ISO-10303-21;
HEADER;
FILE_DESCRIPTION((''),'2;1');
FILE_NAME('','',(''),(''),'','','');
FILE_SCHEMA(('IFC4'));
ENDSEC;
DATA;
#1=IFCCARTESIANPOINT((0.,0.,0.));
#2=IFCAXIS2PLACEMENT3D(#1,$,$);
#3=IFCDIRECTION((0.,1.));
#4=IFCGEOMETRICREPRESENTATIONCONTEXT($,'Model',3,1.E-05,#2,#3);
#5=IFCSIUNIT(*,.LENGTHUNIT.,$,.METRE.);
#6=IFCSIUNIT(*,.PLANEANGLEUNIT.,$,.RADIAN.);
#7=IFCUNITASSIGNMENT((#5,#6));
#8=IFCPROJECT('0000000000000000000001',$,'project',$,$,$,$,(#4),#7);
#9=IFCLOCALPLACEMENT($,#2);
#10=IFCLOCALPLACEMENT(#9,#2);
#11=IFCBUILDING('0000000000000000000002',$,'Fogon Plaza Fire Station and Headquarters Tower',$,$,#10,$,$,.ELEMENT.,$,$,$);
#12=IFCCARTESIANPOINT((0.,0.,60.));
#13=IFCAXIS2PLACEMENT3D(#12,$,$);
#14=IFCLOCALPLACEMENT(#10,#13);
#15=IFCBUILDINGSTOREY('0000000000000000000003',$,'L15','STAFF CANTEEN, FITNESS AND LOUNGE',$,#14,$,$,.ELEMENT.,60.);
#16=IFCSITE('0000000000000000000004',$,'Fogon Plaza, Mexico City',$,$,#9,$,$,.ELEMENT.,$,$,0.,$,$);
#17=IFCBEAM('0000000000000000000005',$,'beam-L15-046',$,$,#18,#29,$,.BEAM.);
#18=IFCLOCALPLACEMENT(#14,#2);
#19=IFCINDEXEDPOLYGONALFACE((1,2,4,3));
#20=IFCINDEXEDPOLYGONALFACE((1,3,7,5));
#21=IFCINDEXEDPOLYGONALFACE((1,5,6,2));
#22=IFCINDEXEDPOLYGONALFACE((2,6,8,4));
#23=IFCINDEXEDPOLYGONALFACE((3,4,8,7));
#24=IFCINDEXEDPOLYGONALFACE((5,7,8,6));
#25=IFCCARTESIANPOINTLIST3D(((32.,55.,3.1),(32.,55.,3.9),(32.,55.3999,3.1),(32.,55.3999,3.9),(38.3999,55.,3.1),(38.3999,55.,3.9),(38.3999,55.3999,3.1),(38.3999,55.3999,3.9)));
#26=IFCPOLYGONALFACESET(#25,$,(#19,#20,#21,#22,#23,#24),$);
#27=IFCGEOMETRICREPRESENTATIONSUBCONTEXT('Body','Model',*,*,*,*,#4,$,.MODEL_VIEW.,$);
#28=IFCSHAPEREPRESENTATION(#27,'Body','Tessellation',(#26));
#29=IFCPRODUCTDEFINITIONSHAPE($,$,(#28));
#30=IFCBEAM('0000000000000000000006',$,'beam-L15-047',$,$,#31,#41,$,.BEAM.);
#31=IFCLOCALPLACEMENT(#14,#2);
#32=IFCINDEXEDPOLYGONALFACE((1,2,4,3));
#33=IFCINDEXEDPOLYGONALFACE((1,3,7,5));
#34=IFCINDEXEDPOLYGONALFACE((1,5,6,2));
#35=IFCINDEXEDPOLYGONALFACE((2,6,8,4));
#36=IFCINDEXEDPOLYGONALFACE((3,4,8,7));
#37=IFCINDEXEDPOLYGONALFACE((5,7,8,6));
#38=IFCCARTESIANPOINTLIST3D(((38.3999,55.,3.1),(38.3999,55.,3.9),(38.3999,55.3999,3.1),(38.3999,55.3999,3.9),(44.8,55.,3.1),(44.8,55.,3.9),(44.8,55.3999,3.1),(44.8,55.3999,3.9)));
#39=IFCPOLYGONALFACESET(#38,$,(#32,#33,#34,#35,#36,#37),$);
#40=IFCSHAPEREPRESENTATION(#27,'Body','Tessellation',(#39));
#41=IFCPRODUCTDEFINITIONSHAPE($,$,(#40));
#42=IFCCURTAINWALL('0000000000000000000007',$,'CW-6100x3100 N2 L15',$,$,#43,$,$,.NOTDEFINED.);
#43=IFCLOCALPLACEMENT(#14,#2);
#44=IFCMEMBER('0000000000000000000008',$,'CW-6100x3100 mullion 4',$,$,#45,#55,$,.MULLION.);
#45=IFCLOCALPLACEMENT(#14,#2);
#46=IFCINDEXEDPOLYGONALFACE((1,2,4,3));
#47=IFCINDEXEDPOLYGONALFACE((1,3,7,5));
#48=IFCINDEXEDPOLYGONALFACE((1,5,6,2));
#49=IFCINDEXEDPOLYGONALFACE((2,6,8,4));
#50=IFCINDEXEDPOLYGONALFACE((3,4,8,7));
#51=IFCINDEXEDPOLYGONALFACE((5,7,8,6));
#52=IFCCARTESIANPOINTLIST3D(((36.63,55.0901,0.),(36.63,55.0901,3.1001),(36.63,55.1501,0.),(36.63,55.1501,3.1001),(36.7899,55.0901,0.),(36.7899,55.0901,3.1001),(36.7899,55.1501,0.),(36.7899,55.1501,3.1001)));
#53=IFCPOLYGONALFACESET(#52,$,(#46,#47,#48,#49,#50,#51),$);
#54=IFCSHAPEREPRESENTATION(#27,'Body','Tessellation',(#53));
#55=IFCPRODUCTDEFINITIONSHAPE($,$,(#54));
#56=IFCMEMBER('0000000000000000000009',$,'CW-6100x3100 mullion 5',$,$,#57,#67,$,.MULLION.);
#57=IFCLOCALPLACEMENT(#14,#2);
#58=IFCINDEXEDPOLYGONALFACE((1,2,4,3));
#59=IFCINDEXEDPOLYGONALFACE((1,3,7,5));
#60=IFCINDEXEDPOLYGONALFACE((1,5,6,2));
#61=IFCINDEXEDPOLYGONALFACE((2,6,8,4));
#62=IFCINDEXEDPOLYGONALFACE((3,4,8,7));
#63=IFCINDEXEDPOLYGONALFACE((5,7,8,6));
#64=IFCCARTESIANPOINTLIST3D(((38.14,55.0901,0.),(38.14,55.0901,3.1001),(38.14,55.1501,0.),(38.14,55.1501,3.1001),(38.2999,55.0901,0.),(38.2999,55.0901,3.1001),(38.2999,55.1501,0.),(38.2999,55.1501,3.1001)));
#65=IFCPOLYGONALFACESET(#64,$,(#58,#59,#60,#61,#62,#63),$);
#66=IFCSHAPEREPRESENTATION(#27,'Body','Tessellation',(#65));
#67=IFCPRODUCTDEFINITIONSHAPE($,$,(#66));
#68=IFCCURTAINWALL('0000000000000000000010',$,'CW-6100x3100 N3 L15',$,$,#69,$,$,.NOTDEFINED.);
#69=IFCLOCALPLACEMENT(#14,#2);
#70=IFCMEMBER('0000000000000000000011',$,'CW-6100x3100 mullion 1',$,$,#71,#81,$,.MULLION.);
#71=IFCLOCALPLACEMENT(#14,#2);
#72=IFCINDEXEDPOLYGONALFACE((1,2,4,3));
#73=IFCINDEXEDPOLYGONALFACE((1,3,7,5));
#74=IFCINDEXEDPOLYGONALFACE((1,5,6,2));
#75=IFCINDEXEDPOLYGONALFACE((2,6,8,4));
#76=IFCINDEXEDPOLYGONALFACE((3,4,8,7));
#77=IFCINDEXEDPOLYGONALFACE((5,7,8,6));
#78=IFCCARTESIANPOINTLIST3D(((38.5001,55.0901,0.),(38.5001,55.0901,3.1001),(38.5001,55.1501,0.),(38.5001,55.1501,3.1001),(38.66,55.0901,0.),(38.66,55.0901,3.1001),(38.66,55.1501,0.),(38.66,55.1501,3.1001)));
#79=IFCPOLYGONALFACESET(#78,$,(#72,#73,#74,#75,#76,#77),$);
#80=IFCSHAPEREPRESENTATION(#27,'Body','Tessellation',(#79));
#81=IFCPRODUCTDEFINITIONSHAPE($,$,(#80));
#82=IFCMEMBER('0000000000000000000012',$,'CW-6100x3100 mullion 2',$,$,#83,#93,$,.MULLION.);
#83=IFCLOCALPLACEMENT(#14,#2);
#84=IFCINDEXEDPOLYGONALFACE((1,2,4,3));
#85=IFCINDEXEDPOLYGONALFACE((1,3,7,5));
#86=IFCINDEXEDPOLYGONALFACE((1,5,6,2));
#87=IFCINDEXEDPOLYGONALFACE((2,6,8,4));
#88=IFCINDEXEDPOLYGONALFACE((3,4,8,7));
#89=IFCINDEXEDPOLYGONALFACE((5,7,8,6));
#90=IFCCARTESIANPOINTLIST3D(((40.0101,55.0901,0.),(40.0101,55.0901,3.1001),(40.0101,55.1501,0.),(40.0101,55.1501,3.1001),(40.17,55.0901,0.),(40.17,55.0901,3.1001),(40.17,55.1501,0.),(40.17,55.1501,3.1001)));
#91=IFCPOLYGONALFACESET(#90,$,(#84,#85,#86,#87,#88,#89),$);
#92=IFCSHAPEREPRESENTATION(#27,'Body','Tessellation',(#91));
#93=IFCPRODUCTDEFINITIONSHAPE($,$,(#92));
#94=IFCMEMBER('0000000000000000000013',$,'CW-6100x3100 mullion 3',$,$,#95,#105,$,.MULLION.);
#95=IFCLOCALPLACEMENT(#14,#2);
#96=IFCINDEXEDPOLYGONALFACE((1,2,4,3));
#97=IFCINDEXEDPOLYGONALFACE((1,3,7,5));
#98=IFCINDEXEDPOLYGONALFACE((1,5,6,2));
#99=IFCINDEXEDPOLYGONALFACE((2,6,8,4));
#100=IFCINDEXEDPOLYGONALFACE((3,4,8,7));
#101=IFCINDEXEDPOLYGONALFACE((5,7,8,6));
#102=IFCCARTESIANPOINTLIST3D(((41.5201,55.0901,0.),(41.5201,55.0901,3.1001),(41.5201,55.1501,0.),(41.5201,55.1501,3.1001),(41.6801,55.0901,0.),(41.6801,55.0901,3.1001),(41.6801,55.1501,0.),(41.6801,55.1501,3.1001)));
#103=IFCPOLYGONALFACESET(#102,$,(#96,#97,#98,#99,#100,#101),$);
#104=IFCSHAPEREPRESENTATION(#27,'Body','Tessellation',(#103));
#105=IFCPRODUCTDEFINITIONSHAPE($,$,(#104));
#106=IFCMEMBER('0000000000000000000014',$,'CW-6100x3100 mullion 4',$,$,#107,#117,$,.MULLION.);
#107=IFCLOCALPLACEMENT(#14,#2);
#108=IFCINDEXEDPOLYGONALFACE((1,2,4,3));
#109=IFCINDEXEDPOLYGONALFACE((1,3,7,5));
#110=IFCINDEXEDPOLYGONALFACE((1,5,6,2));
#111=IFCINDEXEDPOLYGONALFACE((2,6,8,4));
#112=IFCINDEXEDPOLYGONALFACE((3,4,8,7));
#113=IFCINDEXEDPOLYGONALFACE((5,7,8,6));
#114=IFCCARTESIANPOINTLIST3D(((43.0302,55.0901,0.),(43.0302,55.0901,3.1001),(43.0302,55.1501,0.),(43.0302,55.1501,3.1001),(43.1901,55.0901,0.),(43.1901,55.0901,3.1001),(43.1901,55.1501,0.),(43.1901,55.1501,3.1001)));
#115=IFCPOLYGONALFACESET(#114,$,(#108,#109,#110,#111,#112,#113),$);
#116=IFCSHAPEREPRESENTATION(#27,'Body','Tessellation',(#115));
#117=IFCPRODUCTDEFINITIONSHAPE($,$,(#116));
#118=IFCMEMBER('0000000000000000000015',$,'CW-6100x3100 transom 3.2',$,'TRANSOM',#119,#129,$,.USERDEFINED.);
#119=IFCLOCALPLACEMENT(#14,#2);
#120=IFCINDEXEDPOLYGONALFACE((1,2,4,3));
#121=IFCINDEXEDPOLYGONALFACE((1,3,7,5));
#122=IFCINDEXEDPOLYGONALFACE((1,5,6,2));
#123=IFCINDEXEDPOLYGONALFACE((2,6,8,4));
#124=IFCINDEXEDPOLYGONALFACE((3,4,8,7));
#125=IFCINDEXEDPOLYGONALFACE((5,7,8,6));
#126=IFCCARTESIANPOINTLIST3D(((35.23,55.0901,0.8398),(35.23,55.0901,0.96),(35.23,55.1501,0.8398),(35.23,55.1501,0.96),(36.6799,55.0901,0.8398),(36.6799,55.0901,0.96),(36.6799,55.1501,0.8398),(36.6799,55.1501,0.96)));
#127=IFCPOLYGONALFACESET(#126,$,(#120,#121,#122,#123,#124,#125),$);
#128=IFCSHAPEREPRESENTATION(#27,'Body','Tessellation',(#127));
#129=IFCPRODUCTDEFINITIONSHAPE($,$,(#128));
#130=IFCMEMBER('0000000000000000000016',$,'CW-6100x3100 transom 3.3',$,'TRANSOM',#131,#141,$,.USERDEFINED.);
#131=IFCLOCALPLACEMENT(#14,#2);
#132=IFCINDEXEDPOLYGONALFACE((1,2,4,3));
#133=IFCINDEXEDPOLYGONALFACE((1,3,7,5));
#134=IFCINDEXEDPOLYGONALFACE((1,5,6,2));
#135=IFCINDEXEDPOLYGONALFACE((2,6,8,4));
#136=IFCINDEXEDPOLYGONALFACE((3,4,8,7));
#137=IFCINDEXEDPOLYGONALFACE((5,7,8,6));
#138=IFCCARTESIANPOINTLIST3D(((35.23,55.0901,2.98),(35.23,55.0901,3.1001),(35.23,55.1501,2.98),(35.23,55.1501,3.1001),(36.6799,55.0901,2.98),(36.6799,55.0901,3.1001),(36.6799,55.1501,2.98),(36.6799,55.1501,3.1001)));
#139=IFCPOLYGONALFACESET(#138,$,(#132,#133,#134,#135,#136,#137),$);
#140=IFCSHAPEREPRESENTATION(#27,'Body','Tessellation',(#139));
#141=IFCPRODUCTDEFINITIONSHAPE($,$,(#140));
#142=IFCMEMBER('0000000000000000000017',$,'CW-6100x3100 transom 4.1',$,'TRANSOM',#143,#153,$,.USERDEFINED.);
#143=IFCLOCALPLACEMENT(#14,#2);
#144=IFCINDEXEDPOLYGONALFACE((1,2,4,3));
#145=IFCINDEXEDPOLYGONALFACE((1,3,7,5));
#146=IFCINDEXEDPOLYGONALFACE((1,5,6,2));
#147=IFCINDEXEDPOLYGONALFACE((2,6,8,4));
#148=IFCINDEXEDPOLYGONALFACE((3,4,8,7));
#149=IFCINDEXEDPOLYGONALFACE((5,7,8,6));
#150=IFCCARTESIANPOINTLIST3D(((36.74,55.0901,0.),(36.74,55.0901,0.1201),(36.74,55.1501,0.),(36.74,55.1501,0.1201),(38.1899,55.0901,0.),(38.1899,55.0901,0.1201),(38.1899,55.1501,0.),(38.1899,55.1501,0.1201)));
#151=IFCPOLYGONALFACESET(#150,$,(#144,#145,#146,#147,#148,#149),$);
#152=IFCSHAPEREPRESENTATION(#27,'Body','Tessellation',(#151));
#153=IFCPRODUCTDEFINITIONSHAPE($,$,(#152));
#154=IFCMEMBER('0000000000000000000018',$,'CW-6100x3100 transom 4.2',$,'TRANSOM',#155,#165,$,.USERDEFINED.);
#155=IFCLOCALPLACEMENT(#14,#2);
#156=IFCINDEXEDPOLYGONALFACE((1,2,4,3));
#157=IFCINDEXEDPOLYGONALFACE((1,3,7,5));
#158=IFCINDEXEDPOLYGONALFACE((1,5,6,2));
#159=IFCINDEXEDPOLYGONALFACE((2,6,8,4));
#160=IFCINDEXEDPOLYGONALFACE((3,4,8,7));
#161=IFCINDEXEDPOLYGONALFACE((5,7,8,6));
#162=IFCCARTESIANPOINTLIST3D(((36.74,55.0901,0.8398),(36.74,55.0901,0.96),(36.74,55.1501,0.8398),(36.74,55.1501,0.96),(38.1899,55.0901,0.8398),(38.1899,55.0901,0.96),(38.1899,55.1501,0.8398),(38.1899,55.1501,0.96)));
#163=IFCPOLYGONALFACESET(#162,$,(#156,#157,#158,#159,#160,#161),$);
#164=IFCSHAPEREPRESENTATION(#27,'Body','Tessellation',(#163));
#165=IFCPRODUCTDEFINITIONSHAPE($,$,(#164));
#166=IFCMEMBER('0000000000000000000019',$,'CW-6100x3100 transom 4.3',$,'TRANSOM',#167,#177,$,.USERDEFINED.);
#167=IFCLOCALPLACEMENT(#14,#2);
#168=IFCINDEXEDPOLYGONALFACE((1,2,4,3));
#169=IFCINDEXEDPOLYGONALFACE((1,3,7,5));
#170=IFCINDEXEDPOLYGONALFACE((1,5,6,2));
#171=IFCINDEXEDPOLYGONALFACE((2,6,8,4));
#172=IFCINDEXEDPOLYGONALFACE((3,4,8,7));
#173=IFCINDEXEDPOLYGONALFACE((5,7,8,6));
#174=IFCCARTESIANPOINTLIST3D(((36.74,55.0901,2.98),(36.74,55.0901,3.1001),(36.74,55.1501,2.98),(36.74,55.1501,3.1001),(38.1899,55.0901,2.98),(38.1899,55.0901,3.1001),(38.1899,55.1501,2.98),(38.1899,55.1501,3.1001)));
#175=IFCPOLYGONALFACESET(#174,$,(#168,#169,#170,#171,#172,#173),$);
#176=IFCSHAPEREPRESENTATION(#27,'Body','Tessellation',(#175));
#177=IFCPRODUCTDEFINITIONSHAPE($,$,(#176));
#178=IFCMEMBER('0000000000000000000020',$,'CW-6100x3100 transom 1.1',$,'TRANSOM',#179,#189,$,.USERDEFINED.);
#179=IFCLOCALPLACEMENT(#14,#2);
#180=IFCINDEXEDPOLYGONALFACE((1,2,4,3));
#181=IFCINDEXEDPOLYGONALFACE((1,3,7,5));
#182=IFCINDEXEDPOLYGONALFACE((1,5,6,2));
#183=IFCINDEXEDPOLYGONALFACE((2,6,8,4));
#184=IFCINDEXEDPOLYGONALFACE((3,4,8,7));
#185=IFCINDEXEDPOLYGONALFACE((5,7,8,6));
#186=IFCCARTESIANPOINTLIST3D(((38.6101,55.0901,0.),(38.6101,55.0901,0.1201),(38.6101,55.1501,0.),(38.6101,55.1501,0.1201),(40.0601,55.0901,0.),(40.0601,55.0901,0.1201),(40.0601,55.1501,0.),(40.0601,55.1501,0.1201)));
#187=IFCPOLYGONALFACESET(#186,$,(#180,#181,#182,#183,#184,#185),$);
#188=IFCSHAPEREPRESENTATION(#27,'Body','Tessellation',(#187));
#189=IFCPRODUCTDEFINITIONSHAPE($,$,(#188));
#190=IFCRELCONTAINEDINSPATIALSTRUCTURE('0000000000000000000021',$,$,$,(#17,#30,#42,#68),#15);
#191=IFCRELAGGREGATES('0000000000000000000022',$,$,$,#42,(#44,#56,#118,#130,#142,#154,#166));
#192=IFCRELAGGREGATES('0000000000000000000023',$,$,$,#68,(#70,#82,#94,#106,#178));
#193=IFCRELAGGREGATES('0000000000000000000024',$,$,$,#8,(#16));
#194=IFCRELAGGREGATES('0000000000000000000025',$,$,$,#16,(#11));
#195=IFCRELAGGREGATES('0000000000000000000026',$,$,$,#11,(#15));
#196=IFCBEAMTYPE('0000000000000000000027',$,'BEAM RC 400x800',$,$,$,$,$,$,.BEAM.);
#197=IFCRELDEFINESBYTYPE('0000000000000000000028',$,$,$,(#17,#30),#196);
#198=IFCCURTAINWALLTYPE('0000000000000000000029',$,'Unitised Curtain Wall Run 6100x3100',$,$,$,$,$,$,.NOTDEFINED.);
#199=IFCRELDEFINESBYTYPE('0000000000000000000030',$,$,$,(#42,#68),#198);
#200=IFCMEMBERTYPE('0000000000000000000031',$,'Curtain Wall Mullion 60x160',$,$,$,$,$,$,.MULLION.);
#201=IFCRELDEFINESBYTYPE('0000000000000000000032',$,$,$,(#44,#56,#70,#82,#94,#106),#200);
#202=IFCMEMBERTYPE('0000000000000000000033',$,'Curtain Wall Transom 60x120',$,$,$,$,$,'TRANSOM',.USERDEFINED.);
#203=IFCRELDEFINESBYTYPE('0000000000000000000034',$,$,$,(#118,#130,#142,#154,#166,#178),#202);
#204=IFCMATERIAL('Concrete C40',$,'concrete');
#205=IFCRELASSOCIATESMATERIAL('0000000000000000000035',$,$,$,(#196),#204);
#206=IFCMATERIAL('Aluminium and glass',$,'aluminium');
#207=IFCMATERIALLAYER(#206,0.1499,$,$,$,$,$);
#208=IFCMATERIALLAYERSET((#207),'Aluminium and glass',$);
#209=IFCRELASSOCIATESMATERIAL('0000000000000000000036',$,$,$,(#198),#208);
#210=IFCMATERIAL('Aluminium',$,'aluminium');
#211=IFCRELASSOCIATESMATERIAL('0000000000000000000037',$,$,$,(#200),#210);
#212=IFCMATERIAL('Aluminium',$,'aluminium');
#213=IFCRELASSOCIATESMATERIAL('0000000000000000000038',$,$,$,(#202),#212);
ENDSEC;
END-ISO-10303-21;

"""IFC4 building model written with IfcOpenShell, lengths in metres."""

from ifc_helpers import new_model, si_unit, direction, frame, origin, origin_2d, place, context, subcontext, project, spatial, rectangle, extrude, material, layer, layer_set, material_profile, profile_set, type_object, element, aggregate, save


model = new_model("IFC4")

# Units and contexts
model_context = context("Model", 3, precision=1e-05, world=origin(), true_north=direction((0.0, 1.0)))
body_context = subcontext(model_context, "Body", "Model", "MODEL_VIEW")
ifc_project = project(units=[si_unit("LENGTHUNIT", "METRE"), si_unit("PLANEANGLEUNIT", "RADIAN")], contexts=[model_context])

# Site, building, storey
site_placement = place(None, origin())
site = spatial("IfcSite", under=ifc_project, at=site_placement, Name="Fogon Plaza, Mexico City", CompositionType="ELEMENT", RefElevation=0.0)
building_placement = place(site_placement, origin())
building = spatial("IfcBuilding", under=site, at=building_placement, Name="Fogon Plaza Fire Station and Headquarters Tower", CompositionType="ELEMENT")
storey_placement = place(building_placement, frame((0.0, 0.0, 60.0)))
storey = spatial("IfcBuildingStorey", under=building, at=storey_placement, Name="L15", Description="STAFF CANTEEN, FITNESS AND LOUNGE", CompositionType="ELEMENT", Elevation=60.0)

# Beams
ifc_material_1 = material(Name="Concrete C40", Category="concrete")
ifc_material_profile_1 = material_profile(ifc_material_1, rectangle(XDim=0.3999, YDim=0.8, at=origin_2d()), Name="RC 400x800")
ifc_profile_set_1 = profile_set([ifc_material_profile_1], Name="Concrete C40")
beam_type = type_object("IfcBeamType", Name="BEAM RC 400x800", PredefinedType="BEAM", material=ifc_profile_set_1)
beam_1_placement = place(storey_placement, frame((32.0, 55.2, 3.5), z_axis=(1.0, 0.0, 0.0), x_axis=(0.0, 1.0, 0.0)))
element("IfcBeam", 1, at=beam_1_placement, inside=storey, type_object=beam_type, Name="beam-L15-046", PredefinedType="BEAM", context=body_context, shape_type="SweptSolid", body=[
    extrude(rectangle(XDim=0.3999, YDim=0.8, at=origin_2d()), origin(), (0.0, 0.0, 1.0), 6.3999),
])
beam_2_placement = place(storey_placement, frame((38.3999, 55.2, 3.5), z_axis=(1.0, 0.0, 0.0), x_axis=(0.0, 1.0, 0.0)))
element("IfcBeam", 2, at=beam_2_placement, inside=storey, type_object=beam_type, Name="beam-L15-047", PredefinedType="BEAM", context=body_context, shape_type="SweptSolid", body=[
    extrude(rectangle(XDim=0.3999, YDim=0.8, at=origin_2d()), origin(), (0.0, 0.0, 1.0), 6.4001),
])

# Curtain walls, members
ifc_material_2 = material(Name="Aluminium and glass", Category="aluminium")
ifc_layer_1 = layer(ifc_material_2, 0.1499)
ifc_layer_set_1 = layer_set([ifc_layer_1], Name="Aluminium and glass")
curtain_wall_type = type_object("IfcCurtainWallType", Name="Unitised Curtain Wall Run 6100x3100", PredefinedType="NOTDEFINED", material=ifc_layer_set_1)
curtain_wall_1_placement = place(storey_placement, origin())
curtain_wall_1 = element("IfcCurtainWall", 3, at=curtain_wall_1_placement, inside=storey, type_object=curtain_wall_type, Name="CW-6100x3100 N2 L15", PredefinedType="NOTDEFINED")
ifc_material_3 = material(Name="Aluminium", Category="aluminium")
ifc_material_profile_2 = material_profile(ifc_material_3, rectangle(XDim=0.0601, YDim=0.1599, at=origin_2d()), Name="Curtain Wall Mullion 60x160")
ifc_profile_set_2 = profile_set([ifc_material_profile_2], Name="Aluminium")
member_type_1 = type_object("IfcMemberType", Name="Curtain Wall Mullion 60x160", PredefinedType="MULLION", material=ifc_profile_set_2)
member_1_placement = place(storey_placement, frame((36.71, 55.1201, 0.0), z_axis=(0.0, 0.0, 1.0), x_axis=(0.0, 1.0, 0.0)))
member_1 = element("IfcMember", 4, at=member_1_placement, type_object=member_type_1, Name="CW-6100x3100 mullion 4", PredefinedType="MULLION", context=body_context, shape_type="SweptSolid", body=[
    extrude(rectangle(XDim=0.0601, YDim=0.1599, at=origin_2d()), origin(), (0.0, 0.0, 1.0), 3.1001),
])
member_2_placement = place(storey_placement, frame((38.22, 55.1201, 0.0), z_axis=(0.0, 0.0, 1.0), x_axis=(0.0, 1.0, 0.0)))
member_2 = element("IfcMember", 5, at=member_2_placement, type_object=member_type_1, Name="CW-6100x3100 mullion 5", PredefinedType="MULLION", context=body_context, shape_type="SweptSolid", body=[
    extrude(rectangle(XDim=0.0601, YDim=0.1599, at=origin_2d()), origin(), (0.0, 0.0, 1.0), 3.1001),
])
curtain_wall_2_placement = place(storey_placement, origin())
curtain_wall_2 = element("IfcCurtainWall", 6, at=curtain_wall_2_placement, inside=storey, type_object=curtain_wall_type, Name="CW-6100x3100 N3 L15", PredefinedType="NOTDEFINED")
member_3_placement = place(storey_placement, frame((38.5801, 55.1201, 0.0), z_axis=(0.0, 0.0, 1.0), x_axis=(0.0, 1.0, 0.0)))
member_3 = element("IfcMember", 7, at=member_3_placement, type_object=member_type_1, Name="CW-6100x3100 mullion 1", PredefinedType="MULLION", context=body_context, shape_type="SweptSolid", body=[
    extrude(rectangle(XDim=0.0601, YDim=0.1599, at=origin_2d()), origin(), (0.0, 0.0, 1.0), 3.1001),
])
member_4_placement = place(storey_placement, frame((40.0901, 55.1201, 0.0), z_axis=(0.0, 0.0, 1.0), x_axis=(0.0, 1.0, 0.0)))
member_4 = element("IfcMember", 8, at=member_4_placement, type_object=member_type_1, Name="CW-6100x3100 mullion 2", PredefinedType="MULLION", context=body_context, shape_type="SweptSolid", body=[
    extrude(rectangle(XDim=0.0601, YDim=0.1599, at=origin_2d()), origin(), (0.0, 0.0, 1.0), 3.1001),
])
member_5_placement = place(storey_placement, frame((41.6001, 55.1201, 0.0), z_axis=(0.0, 0.0, 1.0), x_axis=(0.0, 1.0, 0.0)))
member_5 = element("IfcMember", 9, at=member_5_placement, type_object=member_type_1, Name="CW-6100x3100 mullion 3", PredefinedType="MULLION", context=body_context, shape_type="SweptSolid", body=[
    extrude(rectangle(XDim=0.0601, YDim=0.1599, at=origin_2d()), origin(), (0.0, 0.0, 1.0), 3.1001),
])
member_6_placement = place(storey_placement, frame((43.1101, 55.1201, 0.0), z_axis=(0.0, 0.0, 1.0), x_axis=(0.0, 1.0, 0.0)))
member_6 = element("IfcMember", 10, at=member_6_placement, type_object=member_type_1, Name="CW-6100x3100 mullion 4", PredefinedType="MULLION", context=body_context, shape_type="SweptSolid", body=[
    extrude(rectangle(XDim=0.0601, YDim=0.1599, at=origin_2d()), origin(), (0.0, 0.0, 1.0), 3.1001),
])

# Members
ifc_material_4 = material(Name="Aluminium", Category="aluminium")
ifc_material_profile_3 = material_profile(ifc_material_4, rectangle(XDim=0.0601, YDim=0.1201, at=origin_2d()), Name="Curtain Wall Transom 60x120")
ifc_profile_set_3 = profile_set([ifc_material_profile_3], Name="Aluminium")
member_type_2 = type_object("IfcMemberType", Name="Curtain Wall Transom 60x120", ElementType="TRANSOM", PredefinedType="USERDEFINED", material=ifc_profile_set_3)
member_7_placement = place(storey_placement, frame((35.23, 55.1201, 0.8999), z_axis=(1.0, 0.0, 0.0), x_axis=(0.0, 1.0, 0.0)))
member_7 = element("IfcMember", 11, at=member_7_placement, type_object=member_type_2, Name="CW-6100x3100 transom 3.2", ObjectType="TRANSOM", PredefinedType="USERDEFINED", context=body_context, shape_type="SweptSolid", body=[
    extrude(rectangle(XDim=0.0601, YDim=0.1201, at=origin_2d()), origin(), (0.0, 0.0, 1.0), 1.45),
])
member_8_placement = place(storey_placement, frame((35.23, 55.1201, 3.04), z_axis=(1.0, 0.0, 0.0), x_axis=(0.0, 1.0, 0.0)))
member_8 = element("IfcMember", 12, at=member_8_placement, type_object=member_type_2, Name="CW-6100x3100 transom 3.3", ObjectType="TRANSOM", PredefinedType="USERDEFINED", context=body_context, shape_type="SweptSolid", body=[
    extrude(rectangle(XDim=0.0601, YDim=0.1201, at=origin_2d()), origin(), (0.0, 0.0, 1.0), 1.45),
])
member_9_placement = place(storey_placement, frame((36.74, 55.1201, 0.0601), z_axis=(1.0, 0.0, 0.0), x_axis=(0.0, 1.0, 0.0)))
member_9 = element("IfcMember", 13, at=member_9_placement, type_object=member_type_2, Name="CW-6100x3100 transom 4.1", ObjectType="TRANSOM", PredefinedType="USERDEFINED", context=body_context, shape_type="SweptSolid", body=[
    extrude(rectangle(XDim=0.0601, YDim=0.1201, at=origin_2d()), origin(), (0.0, 0.0, 1.0), 1.45),
])
member_10_placement = place(storey_placement, frame((36.74, 55.1201, 0.8999), z_axis=(1.0, 0.0, 0.0), x_axis=(0.0, 1.0, 0.0)))
member_10 = element("IfcMember", 14, at=member_10_placement, type_object=member_type_2, Name="CW-6100x3100 transom 4.2", ObjectType="TRANSOM", PredefinedType="USERDEFINED", context=body_context, shape_type="SweptSolid", body=[
    extrude(rectangle(XDim=0.0601, YDim=0.1201, at=origin_2d()), origin(), (0.0, 0.0, 1.0), 1.45),
])
member_11_placement = place(storey_placement, frame((36.74, 55.1201, 3.04), z_axis=(1.0, 0.0, 0.0), x_axis=(0.0, 1.0, 0.0)))
member_11 = element("IfcMember", 15, at=member_11_placement, type_object=member_type_2, Name="CW-6100x3100 transom 4.3", ObjectType="TRANSOM", PredefinedType="USERDEFINED", context=body_context, shape_type="SweptSolid", body=[
    extrude(rectangle(XDim=0.0601, YDim=0.1201, at=origin_2d()), origin(), (0.0, 0.0, 1.0), 1.45),
])
member_12_placement = place(storey_placement, frame((38.6101, 55.1201, 0.0601), z_axis=(1.0, 0.0, 0.0), x_axis=(0.0, 1.0, 0.0)))
member_12 = element("IfcMember", 16, at=member_12_placement, type_object=member_type_2, Name="CW-6100x3100 transom 1.1", ObjectType="TRANSOM", PredefinedType="USERDEFINED", context=body_context, shape_type="SweptSolid", body=[
    extrude(rectangle(XDim=0.0601, YDim=0.1201, at=origin_2d()), origin(), (0.0, 0.0, 1.0), 1.45),
])

aggregate(curtain_wall_1, [member_1, member_2, member_7, member_8, member_9, member_10, member_11])
aggregate(curtain_wall_2, [member_3, member_4, member_5, member_6, member_12])

save(model, "model.ifc")
